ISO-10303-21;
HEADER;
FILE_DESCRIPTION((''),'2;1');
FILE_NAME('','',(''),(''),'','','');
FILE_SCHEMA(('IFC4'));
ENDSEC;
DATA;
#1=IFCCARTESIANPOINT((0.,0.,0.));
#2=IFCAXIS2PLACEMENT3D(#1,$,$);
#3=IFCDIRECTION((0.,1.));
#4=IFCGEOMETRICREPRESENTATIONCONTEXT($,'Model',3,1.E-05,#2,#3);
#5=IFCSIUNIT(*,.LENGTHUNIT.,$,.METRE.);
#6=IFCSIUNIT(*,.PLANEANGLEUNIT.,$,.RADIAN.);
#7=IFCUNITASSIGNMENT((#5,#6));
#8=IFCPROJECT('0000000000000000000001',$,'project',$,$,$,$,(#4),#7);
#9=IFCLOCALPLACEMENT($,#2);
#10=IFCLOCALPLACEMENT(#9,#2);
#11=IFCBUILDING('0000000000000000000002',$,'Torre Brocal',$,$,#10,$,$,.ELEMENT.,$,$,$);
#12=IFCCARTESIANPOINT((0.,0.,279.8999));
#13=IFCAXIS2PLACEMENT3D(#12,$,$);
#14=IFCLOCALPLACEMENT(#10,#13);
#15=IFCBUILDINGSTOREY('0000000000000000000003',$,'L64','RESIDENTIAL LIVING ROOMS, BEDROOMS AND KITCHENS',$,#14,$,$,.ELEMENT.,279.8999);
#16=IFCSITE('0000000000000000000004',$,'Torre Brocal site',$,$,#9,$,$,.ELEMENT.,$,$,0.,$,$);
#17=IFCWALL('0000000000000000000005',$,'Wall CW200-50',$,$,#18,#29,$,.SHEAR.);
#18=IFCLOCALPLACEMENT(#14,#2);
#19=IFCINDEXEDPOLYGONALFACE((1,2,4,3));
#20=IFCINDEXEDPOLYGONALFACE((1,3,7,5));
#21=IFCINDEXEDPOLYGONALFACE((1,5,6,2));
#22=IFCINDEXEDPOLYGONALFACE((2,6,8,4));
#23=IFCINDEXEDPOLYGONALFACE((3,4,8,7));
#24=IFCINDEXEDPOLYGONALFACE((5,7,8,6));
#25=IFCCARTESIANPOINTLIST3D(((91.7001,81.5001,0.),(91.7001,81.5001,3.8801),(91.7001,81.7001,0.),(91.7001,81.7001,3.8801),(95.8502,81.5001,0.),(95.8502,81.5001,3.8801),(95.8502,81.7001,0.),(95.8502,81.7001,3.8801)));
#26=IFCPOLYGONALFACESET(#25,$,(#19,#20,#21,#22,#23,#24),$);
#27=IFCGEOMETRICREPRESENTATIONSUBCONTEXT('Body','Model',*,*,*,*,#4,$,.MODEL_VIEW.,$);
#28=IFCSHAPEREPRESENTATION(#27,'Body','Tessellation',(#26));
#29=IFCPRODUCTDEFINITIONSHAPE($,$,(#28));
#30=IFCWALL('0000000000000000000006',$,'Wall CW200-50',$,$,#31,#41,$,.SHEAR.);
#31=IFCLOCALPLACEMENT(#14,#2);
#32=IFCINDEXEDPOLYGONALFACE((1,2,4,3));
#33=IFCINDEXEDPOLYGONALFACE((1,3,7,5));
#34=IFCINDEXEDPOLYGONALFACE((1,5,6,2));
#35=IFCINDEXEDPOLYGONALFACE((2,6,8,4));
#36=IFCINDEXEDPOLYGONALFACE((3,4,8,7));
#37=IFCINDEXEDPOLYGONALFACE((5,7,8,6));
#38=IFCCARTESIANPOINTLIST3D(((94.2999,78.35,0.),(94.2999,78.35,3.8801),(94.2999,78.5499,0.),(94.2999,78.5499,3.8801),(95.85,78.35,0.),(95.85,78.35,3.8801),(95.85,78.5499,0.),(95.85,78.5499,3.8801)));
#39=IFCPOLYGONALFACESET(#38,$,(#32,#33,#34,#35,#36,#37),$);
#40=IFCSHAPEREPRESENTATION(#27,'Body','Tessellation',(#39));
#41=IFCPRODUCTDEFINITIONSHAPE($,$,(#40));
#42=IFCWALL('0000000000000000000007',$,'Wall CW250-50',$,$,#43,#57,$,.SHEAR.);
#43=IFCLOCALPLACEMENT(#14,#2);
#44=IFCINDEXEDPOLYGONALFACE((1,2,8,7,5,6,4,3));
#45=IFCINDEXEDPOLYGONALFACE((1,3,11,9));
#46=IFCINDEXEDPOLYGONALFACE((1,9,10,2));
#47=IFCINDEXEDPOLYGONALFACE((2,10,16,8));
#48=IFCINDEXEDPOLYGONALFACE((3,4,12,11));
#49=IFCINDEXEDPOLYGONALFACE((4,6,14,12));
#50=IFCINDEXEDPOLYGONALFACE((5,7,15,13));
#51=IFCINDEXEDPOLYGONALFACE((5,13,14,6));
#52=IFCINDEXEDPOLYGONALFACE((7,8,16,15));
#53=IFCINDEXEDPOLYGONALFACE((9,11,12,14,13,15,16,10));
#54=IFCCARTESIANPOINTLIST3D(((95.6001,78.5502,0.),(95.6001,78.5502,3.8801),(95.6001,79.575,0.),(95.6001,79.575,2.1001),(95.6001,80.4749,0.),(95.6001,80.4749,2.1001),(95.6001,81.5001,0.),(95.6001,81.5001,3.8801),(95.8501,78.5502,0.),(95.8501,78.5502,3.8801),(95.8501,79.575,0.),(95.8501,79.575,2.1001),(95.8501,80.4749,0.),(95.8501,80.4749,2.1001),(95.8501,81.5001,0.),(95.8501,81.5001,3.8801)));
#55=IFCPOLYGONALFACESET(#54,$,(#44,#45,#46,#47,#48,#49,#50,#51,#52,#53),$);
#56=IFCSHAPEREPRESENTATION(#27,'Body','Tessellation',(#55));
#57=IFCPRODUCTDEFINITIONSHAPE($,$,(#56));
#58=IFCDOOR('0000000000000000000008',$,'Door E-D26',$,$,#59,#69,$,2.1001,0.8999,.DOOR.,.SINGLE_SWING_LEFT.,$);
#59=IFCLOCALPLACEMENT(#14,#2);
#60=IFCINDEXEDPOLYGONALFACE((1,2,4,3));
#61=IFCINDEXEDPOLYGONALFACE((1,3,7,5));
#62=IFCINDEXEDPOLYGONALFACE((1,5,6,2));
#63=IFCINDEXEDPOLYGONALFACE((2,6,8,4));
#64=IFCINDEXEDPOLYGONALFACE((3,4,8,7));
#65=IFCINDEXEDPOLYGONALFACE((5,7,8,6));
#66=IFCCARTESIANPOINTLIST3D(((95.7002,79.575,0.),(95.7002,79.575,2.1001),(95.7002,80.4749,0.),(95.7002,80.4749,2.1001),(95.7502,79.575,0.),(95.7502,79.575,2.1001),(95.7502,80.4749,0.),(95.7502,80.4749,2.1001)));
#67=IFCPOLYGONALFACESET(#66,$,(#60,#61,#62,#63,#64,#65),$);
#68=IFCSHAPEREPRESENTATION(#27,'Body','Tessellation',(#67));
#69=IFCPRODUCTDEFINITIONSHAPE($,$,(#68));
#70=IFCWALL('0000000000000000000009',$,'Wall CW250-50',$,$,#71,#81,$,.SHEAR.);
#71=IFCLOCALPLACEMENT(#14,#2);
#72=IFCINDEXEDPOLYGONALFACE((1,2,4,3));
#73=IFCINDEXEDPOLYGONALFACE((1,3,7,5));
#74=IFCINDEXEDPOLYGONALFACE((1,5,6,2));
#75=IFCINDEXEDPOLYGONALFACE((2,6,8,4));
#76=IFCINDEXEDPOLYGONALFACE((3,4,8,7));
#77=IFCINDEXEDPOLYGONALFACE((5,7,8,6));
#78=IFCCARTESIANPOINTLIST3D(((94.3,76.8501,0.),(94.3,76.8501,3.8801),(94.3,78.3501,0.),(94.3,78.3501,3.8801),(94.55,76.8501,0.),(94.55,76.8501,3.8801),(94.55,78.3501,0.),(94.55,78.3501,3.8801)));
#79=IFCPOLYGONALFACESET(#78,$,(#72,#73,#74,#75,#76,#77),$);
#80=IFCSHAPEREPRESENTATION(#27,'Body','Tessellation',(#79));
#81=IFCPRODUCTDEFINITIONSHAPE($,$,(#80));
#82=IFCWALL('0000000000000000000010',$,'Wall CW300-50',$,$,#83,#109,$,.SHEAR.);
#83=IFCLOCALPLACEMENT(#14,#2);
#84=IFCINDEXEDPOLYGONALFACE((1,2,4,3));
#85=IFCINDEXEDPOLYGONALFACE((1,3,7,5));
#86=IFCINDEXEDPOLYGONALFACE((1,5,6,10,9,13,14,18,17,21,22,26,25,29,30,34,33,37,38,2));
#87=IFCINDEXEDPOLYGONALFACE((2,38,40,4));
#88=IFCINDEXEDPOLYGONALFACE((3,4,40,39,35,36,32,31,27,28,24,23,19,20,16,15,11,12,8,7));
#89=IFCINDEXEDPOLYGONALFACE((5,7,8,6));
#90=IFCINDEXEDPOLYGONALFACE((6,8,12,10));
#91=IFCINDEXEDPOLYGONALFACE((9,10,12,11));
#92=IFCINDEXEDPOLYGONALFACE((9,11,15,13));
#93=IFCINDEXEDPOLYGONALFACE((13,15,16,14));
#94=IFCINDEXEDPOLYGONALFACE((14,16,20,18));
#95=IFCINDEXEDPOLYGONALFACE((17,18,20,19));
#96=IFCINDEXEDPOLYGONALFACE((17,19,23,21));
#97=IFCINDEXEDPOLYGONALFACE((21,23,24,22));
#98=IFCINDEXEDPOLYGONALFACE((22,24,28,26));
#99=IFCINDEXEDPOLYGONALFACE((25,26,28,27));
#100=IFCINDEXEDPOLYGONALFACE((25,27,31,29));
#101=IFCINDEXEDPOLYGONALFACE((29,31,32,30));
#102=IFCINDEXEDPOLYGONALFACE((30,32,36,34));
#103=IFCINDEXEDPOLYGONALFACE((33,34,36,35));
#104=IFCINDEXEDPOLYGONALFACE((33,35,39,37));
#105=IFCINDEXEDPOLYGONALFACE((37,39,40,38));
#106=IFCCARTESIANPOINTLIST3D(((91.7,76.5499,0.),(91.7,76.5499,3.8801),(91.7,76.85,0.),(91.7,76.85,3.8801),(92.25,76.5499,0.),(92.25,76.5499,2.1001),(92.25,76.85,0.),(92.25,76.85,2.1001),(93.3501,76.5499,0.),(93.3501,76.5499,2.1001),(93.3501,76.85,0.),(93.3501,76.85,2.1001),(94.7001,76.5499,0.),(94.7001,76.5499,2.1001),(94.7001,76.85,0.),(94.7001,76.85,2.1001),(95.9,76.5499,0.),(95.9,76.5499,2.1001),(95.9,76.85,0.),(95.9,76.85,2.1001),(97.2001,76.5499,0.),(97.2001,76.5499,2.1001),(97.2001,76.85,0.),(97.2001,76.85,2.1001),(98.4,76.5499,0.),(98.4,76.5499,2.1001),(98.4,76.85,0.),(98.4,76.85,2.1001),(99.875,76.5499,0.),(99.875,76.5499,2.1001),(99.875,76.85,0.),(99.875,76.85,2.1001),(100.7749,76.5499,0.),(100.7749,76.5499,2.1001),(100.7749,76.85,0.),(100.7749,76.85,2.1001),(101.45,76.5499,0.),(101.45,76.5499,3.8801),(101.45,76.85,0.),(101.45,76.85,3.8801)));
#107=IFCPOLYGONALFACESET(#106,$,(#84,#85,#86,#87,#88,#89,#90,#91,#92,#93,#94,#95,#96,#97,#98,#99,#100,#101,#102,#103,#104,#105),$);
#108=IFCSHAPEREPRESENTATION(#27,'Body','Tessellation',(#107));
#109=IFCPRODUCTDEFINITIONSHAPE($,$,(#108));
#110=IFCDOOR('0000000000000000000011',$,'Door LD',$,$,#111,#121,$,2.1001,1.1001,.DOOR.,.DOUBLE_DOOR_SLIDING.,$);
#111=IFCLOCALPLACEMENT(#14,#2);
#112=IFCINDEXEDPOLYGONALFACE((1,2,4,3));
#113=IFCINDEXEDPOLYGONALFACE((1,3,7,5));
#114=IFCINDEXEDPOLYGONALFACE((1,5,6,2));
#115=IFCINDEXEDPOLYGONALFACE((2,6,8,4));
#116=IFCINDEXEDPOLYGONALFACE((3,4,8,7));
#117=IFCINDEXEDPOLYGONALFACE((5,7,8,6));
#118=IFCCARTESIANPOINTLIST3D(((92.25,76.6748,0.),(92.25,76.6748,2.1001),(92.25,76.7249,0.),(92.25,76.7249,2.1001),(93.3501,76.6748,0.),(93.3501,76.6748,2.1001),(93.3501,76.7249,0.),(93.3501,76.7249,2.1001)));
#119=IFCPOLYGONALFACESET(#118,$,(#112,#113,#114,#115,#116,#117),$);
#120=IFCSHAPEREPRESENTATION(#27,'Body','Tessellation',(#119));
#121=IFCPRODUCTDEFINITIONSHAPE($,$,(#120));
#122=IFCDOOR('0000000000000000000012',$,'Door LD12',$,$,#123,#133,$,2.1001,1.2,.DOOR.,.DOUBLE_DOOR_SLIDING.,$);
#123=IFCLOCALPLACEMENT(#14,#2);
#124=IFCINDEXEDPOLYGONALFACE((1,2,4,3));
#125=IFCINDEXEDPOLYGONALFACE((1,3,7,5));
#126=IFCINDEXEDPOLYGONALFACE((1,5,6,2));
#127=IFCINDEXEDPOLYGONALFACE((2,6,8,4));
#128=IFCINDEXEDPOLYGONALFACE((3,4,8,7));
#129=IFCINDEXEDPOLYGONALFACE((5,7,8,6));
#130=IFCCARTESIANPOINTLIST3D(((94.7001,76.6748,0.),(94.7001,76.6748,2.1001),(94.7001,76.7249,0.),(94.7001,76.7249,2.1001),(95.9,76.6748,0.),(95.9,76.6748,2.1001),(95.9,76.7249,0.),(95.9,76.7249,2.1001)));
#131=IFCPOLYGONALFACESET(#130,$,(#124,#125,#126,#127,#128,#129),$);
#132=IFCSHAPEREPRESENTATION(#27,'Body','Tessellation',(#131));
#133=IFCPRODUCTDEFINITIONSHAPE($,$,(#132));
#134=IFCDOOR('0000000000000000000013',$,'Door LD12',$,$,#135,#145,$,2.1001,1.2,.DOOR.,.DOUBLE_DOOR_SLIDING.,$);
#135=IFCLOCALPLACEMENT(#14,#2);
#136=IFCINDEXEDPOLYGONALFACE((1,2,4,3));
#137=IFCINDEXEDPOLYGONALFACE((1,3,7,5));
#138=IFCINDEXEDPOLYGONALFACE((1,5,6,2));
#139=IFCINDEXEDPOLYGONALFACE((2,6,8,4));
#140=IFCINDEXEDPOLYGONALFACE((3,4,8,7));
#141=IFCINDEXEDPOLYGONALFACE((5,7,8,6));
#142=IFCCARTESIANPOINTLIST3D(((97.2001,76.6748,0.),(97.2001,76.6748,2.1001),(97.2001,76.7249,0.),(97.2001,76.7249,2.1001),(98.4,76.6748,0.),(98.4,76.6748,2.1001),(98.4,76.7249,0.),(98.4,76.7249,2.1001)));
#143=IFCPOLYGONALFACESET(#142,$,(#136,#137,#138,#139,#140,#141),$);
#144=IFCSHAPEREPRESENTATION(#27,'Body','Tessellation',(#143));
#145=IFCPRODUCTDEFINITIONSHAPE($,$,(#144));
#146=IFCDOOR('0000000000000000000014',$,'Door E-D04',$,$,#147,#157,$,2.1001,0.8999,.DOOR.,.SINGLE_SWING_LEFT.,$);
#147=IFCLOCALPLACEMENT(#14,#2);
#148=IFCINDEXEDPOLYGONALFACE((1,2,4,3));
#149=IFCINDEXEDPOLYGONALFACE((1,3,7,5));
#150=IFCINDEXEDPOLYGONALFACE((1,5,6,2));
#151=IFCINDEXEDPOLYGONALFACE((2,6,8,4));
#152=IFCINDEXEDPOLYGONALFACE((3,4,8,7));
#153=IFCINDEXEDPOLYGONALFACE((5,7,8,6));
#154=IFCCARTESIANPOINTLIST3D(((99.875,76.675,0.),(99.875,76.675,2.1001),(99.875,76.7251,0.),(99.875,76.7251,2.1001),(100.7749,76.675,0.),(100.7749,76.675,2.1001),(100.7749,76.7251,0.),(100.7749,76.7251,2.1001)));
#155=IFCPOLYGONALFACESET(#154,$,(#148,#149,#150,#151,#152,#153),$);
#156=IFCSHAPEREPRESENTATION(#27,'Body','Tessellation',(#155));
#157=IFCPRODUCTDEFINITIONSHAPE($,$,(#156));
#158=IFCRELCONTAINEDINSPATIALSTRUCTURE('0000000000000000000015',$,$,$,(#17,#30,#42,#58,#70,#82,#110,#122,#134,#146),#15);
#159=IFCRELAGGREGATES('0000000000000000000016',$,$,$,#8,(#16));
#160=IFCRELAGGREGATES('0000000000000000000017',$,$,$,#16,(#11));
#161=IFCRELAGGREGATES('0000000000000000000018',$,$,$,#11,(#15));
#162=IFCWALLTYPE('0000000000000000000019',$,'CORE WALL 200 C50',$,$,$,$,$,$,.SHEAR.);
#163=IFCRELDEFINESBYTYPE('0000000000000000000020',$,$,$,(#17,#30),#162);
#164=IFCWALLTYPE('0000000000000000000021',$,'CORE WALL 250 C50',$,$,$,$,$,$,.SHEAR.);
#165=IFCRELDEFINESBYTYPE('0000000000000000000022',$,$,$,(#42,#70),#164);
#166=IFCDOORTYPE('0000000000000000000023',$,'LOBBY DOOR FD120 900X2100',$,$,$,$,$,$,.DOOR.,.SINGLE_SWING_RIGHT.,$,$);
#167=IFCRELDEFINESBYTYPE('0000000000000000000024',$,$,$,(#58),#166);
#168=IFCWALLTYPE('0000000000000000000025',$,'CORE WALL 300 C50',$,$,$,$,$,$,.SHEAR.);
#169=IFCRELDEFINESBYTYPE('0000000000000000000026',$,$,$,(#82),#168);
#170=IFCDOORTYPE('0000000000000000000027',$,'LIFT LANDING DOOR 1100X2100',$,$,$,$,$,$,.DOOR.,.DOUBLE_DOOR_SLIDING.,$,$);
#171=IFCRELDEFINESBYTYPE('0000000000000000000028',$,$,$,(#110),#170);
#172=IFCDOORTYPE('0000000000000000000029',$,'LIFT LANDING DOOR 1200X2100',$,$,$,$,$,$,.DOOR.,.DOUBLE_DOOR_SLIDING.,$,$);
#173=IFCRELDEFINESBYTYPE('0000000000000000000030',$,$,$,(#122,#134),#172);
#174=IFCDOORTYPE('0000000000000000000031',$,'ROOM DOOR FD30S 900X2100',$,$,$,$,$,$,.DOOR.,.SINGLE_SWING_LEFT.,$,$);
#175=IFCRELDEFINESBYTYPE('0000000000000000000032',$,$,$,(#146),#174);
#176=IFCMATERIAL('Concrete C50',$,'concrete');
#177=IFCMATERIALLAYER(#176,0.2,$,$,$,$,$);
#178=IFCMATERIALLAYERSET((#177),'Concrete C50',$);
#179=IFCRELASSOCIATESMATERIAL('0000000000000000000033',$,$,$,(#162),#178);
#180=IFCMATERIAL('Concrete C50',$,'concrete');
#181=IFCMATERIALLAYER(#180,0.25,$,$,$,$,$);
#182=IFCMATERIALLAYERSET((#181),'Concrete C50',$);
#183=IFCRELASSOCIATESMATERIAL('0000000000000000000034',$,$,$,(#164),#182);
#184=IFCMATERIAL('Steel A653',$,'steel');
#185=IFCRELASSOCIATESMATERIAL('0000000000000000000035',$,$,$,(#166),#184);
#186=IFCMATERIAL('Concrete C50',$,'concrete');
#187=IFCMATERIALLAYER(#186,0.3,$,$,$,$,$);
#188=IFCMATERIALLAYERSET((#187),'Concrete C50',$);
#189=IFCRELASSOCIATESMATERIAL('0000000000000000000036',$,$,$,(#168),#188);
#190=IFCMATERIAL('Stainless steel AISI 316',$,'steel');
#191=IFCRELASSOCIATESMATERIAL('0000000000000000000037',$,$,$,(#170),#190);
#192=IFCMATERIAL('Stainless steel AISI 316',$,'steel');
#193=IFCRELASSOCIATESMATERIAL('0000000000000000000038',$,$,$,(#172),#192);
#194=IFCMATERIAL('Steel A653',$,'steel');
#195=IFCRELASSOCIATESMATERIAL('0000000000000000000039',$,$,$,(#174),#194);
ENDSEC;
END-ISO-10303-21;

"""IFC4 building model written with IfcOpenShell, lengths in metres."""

from ifc_helpers import new_model, si_unit, direction, frame, frame_2d, origin, place, context, subcontext, project, spatial, rectangle, extrude, material, layer, layer_set, type_object, element, fill, save


model = new_model("IFC4")

# Units and contexts
model_context = context("Model", 3, precision=1e-05, world=origin(), true_north=direction((0.0, 1.0)))
body_context = subcontext(model_context, "Body", "Model", "MODEL_VIEW")
ifc_project = project(units=[si_unit("LENGTHUNIT", "METRE"), si_unit("PLANEANGLEUNIT", "RADIAN")], contexts=[model_context])

# Site, building, storey
site_placement = place(None, origin())
site = spatial("IfcSite", under=ifc_project, at=site_placement, Name="Torre Brocal site", CompositionType="ELEMENT", RefElevation=0.0)
building_placement = place(site_placement, origin())
building = spatial("IfcBuilding", under=site, at=building_placement, Name="Torre Brocal", CompositionType="ELEMENT")
storey_placement = place(building_placement, frame((0.0, 0.0, 279.8999)))
storey = spatial("IfcBuildingStorey", under=building, at=storey_placement, Name="L64", Description="RESIDENTIAL LIVING ROOMS, BEDROOMS AND KITCHENS", CompositionType="ELEMENT", Elevation=279.8999)

# Walls
ifc_material_1 = material(Name="Concrete C50", Category="concrete")
ifc_layer_1 = layer(ifc_material_1, 0.2)
ifc_layer_set_1 = layer_set([ifc_layer_1], Name="Concrete C50")
wall_type_1 = type_object("IfcWallType", Name="CORE WALL 200 C50", PredefinedType="SHEAR", material=ifc_layer_set_1)
wall_1_placement = place(storey_placement, frame((91.7, 81.6001, 0.0), z_axis=(0.0, 0.0, 1.0), x_axis=(1.0, 0.0, 0.0)))
element("IfcWall", 1, at=wall_1_placement, inside=storey, type_object=wall_type_1, Name="Wall CW200-50", PredefinedType="SHEAR", context=body_context, shape_type="SweptSolid", body=[
    extrude(rectangle(XDim=4.1501, YDim=0.2, at=frame_2d((2.0752, 0.0))), origin(), (0.0, 0.0, 1.0), 3.8801),
])
wall_2_placement = place(storey_placement, frame((94.3, 78.45, 0.0), z_axis=(0.0, 0.0, 1.0), x_axis=(1.0, 0.0, 0.0)))
element("IfcWall", 2, at=wall_2_placement, inside=storey, type_object=wall_type_1, Name="Wall CW200-50", PredefinedType="SHEAR", context=body_context, shape_type="SweptSolid", body=[
    extrude(rectangle(XDim=1.55, YDim=0.2, at=frame_2d((0.7749, 0.0))), origin(), (0.0, 0.0, 1.0), 3.8801),
])

# Wall, opening, door
ifc_material_2 = material(Name="Concrete C50", Category="concrete")
ifc_layer_2 = layer(ifc_material_2, 0.25)
ifc_layer_set_2 = layer_set([ifc_layer_2], Name="Concrete C50")
wall_type_2 = type_object("IfcWallType", Name="CORE WALL 250 C50", PredefinedType="SHEAR", material=ifc_layer_set_2)
wall_3_placement = place(storey_placement, frame((95.7251, 78.55, 0.0), z_axis=(0.0, 0.0, 1.0), x_axis=(0.0, 1.0, 0.0)))
wall_3 = element("IfcWall", 3, at=wall_3_placement, inside=storey, type_object=wall_type_2, Name="Wall CW250-50", PredefinedType="SHEAR", context=body_context, shape_type="SweptSolid", body=[
    extrude(rectangle(XDim=2.95, YDim=0.25, at=frame_2d((1.4751, 0.0))), origin(), (0.0, 0.0, 1.0), 3.8801),
])
opening_1_placement = place(wall_3_placement, frame((1.0249, 0.0, 0.0)))
opening_1 = element("IfcOpeningElement", 4, at=opening_1_placement, cuts=wall_3, PredefinedType="OPENING", context=body_context, shape_type="SweptSolid", body=[
    extrude(rectangle(XDim=0.8999, YDim=2.1001, at=frame_2d((0.45, 1.05))), frame((0.0, 0.135, 0.0), z_axis=(0.0, -1.0, 0.0), x_axis=(1.0, 0.0, 0.0)), (0.0, 0.0, 1.0), 0.27),
])
ifc_material_3 = material(Name="Steel A653", Category="steel")
door_type_1 = type_object("IfcDoorType", Name="LOBBY DOOR FD120 900X2100", OperationType="SINGLE_SWING_RIGHT", PredefinedType="DOOR", material=ifc_material_3)
door_1_placement = place(opening_1_placement, origin())
door_1 = element("IfcDoor", 5, at=door_1_placement, inside=storey, type_object=door_type_1, Name="Door E-D26", OperationType="SINGLE_SWING_LEFT", OverallHeight=2.1001, OverallWidth=0.8999, PredefinedType="DOOR", context=body_context, shape_type="SweptSolid", body=[
    extrude(rectangle(XDim=0.8999, YDim=2.1001, at=frame_2d((0.45, 1.05))), frame((0.0, 0.0249, 0.0), z_axis=(0.0, -1.0, 0.0), x_axis=(1.0, 0.0, 0.0)), (0.0, 0.0, 1.0), 0.05),
])
fill(opening_1, door_1)

# Wall
wall_4_placement = place(storey_placement, frame((94.425, 76.8501, 0.0), z_axis=(0.0, 0.0, 1.0), x_axis=(0.0, 1.0, 0.0)))
element("IfcWall", 6, at=wall_4_placement, inside=storey, type_object=wall_type_2, Name="Wall CW250-50", PredefinedType="SHEAR", context=body_context, shape_type="SweptSolid", body=[
    extrude(rectangle(XDim=1.5, YDim=0.25, at=frame_2d((0.75, 0.0))), origin(), (0.0, 0.0, 1.0), 3.8801),
])

# Wall, openings, doors
ifc_material_4 = material(Name="Concrete C50", Category="concrete")
ifc_layer_3 = layer(ifc_material_4, 0.3)
ifc_layer_set_3 = layer_set([ifc_layer_3], Name="Concrete C50")
wall_type_3 = type_object("IfcWallType", Name="CORE WALL 300 C50", PredefinedType="SHEAR", material=ifc_layer_set_3)
wall_5_placement = place(storey_placement, frame((91.7, 76.7, 0.0), z_axis=(0.0, 0.0, 1.0), x_axis=(1.0, 0.0, 0.0)))
wall_5 = element("IfcWall", 7, at=wall_5_placement, inside=storey, type_object=wall_type_3, Name="Wall CW300-50", PredefinedType="SHEAR", context=body_context, shape_type="SweptSolid", body=[
    extrude(rectangle(XDim=9.75, YDim=0.3, at=frame_2d((4.875, 0.0))), origin(), (0.0, 0.0, 1.0), 3.8801),
])
opening_2_placement = place(wall_5_placement, frame((0.55, 0.0, 0.0)))
opening_2 = element("IfcOpeningElement", 8, at=opening_2_placement, cuts=wall_5, PredefinedType="OPENING", context=body_context, shape_type="SweptSolid", body=[
    extrude(rectangle(XDim=1.1001, YDim=2.1001, at=frame_2d((0.55, 1.05))), frame((0.0, 0.1599, 0.0), z_axis=(0.0, -1.0, 0.0), x_axis=(1.0, 0.0, 0.0)), (0.0, 0.0, 1.0), 0.3201),
])
opening_3_placement = place(wall_5_placement, frame((3.0, 0.0, 0.0)))
opening_3 = element("IfcOpeningElement", 9, at=opening_3_placement, cuts=wall_5, PredefinedType="OPENING", context=body_context, shape_type="SweptSolid", body=[
    extrude(rectangle(XDim=1.2, YDim=2.1001, at=frame_2d((0.6001, 1.05))), frame((0.0, 0.1599, 0.0), z_axis=(0.0, -1.0, 0.0), x_axis=(1.0, 0.0, 0.0)), (0.0, 0.0, 1.0), 0.3201),
])
opening_4_placement = place(wall_5_placement, frame((5.5, 0.0, 0.0)))
opening_4 = element("IfcOpeningElement", 10, at=opening_4_placement, cuts=wall_5, PredefinedType="OPENING", context=body_context, shape_type="SweptSolid", body=[
    extrude(rectangle(XDim=1.2, YDim=2.1001, at=frame_2d((0.6001, 1.05))), frame((0.0, 0.1599, 0.0), z_axis=(0.0, -1.0, 0.0), x_axis=(1.0, 0.0, 0.0)), (0.0, 0.0, 1.0), 0.3201),
])
opening_5_placement = place(wall_5_placement, frame((8.175, 0.0, 0.0)))
opening_5 = element("IfcOpeningElement", 11, at=opening_5_placement, cuts=wall_5, PredefinedType="OPENING", context=body_context, shape_type="SweptSolid", body=[
    extrude(rectangle(XDim=0.8999, YDim=2.1001, at=frame_2d((0.45, 1.05))), frame((0.0, 0.1599, 0.0), z_axis=(0.0, -1.0, 0.0), x_axis=(1.0, 0.0, 0.0)), (0.0, 0.0, 1.0), 0.3201),
])
ifc_material_5 = material(Name="Stainless steel AISI 316", Category="steel")
door_type_2 = type_object("IfcDoorType", Name="LIFT LANDING DOOR 1100X2100", OperationType="DOUBLE_DOOR_SLIDING", PredefinedType="DOOR", material=ifc_material_5)
door_2_placement = place(opening_2_placement, origin())
door_2 = element("IfcDoor", 12, at=door_2_placement, inside=storey, type_object=door_type_2, Name="Door LD", OperationType="DOUBLE_DOOR_SLIDING", OverallHeight=2.1001, OverallWidth=1.1001, PredefinedType="DOOR", context=body_context, shape_type="SweptSolid", body=[
    extrude(rectangle(XDim=1.1001, YDim=2.1001, at=frame_2d((0.55, 1.05))), frame((0.0, 0.0249, 0.0), z_axis=(0.0, -1.0, 0.0), x_axis=(1.0, 0.0, 0.0)), (0.0, 0.0, 1.0), 0.05),
])
fill(opening_2, door_2)
ifc_material_6 = material(Name="Stainless steel AISI 316", Category="steel")
door_type_3 = type_object("IfcDoorType", Name="LIFT LANDING DOOR 1200X2100", OperationType="DOUBLE_DOOR_SLIDING", PredefinedType="DOOR", material=ifc_material_6)
door_3_placement = place(opening_3_placement, origin())
door_3 = element("IfcDoor", 13, at=door_3_placement, inside=storey, type_object=door_type_3, Name="Door LD12", OperationType="DOUBLE_DOOR_SLIDING", OverallHeight=2.1001, OverallWidth=1.2, PredefinedType="DOOR", context=body_context, shape_type="SweptSolid", body=[
    extrude(rectangle(XDim=1.2, YDim=2.1001, at=frame_2d((0.6001, 1.05))), frame((0.0, 0.0249, 0.0), z_axis=(0.0, -1.0, 0.0), x_axis=(1.0, 0.0, 0.0)), (0.0, 0.0, 1.0), 0.05),
])
fill(opening_3, door_3)
door_4_placement = place(opening_4_placement, origin())
door_4 = element("IfcDoor", 14, at=door_4_placement, inside=storey, type_object=door_type_3, Name="Door LD12", OperationType="DOUBLE_DOOR_SLIDING", OverallHeight=2.1001, OverallWidth=1.2, PredefinedType="DOOR", context=body_context, shape_type="SweptSolid", body=[
    extrude(rectangle(XDim=1.2, YDim=2.1001, at=frame_2d((0.6001, 1.05))), frame((0.0, 0.0249, 0.0), z_axis=(0.0, -1.0, 0.0), x_axis=(1.0, 0.0, 0.0)), (0.0, 0.0, 1.0), 0.05),
])
fill(opening_4, door_4)
ifc_material_7 = material(Name="Steel A653", Category="steel")
door_type_4 = type_object("IfcDoorType", Name="ROOM DOOR FD30S 900X2100", OperationType="SINGLE_SWING_LEFT", PredefinedType="DOOR", material=ifc_material_7)
door_5_placement = place(opening_5_placement, frame((0.8999, 0.0, 0.0), z_axis=(0.0, 0.0, 1.0), x_axis=(-1.0, 0.0, 0.0)))
door_5 = element("IfcDoor", 15, at=door_5_placement, inside=storey, type_object=door_type_4, Name="Door E-D04", OperationType="SINGLE_SWING_LEFT", OverallHeight=2.1001, OverallWidth=0.8999, PredefinedType="DOOR", context=body_context, shape_type="SweptSolid", body=[
    extrude(rectangle(XDim=0.8999, YDim=2.1001, at=frame_2d((0.45, 1.05))), frame((0.0, 0.0249, 0.0), z_axis=(0.0, -1.0, 0.0), x_axis=(1.0, 0.0, 0.0)), (0.0, 0.0, 1.0), 0.05),
])
fill(opening_5, door_5)

save(model, "model.ifc")
